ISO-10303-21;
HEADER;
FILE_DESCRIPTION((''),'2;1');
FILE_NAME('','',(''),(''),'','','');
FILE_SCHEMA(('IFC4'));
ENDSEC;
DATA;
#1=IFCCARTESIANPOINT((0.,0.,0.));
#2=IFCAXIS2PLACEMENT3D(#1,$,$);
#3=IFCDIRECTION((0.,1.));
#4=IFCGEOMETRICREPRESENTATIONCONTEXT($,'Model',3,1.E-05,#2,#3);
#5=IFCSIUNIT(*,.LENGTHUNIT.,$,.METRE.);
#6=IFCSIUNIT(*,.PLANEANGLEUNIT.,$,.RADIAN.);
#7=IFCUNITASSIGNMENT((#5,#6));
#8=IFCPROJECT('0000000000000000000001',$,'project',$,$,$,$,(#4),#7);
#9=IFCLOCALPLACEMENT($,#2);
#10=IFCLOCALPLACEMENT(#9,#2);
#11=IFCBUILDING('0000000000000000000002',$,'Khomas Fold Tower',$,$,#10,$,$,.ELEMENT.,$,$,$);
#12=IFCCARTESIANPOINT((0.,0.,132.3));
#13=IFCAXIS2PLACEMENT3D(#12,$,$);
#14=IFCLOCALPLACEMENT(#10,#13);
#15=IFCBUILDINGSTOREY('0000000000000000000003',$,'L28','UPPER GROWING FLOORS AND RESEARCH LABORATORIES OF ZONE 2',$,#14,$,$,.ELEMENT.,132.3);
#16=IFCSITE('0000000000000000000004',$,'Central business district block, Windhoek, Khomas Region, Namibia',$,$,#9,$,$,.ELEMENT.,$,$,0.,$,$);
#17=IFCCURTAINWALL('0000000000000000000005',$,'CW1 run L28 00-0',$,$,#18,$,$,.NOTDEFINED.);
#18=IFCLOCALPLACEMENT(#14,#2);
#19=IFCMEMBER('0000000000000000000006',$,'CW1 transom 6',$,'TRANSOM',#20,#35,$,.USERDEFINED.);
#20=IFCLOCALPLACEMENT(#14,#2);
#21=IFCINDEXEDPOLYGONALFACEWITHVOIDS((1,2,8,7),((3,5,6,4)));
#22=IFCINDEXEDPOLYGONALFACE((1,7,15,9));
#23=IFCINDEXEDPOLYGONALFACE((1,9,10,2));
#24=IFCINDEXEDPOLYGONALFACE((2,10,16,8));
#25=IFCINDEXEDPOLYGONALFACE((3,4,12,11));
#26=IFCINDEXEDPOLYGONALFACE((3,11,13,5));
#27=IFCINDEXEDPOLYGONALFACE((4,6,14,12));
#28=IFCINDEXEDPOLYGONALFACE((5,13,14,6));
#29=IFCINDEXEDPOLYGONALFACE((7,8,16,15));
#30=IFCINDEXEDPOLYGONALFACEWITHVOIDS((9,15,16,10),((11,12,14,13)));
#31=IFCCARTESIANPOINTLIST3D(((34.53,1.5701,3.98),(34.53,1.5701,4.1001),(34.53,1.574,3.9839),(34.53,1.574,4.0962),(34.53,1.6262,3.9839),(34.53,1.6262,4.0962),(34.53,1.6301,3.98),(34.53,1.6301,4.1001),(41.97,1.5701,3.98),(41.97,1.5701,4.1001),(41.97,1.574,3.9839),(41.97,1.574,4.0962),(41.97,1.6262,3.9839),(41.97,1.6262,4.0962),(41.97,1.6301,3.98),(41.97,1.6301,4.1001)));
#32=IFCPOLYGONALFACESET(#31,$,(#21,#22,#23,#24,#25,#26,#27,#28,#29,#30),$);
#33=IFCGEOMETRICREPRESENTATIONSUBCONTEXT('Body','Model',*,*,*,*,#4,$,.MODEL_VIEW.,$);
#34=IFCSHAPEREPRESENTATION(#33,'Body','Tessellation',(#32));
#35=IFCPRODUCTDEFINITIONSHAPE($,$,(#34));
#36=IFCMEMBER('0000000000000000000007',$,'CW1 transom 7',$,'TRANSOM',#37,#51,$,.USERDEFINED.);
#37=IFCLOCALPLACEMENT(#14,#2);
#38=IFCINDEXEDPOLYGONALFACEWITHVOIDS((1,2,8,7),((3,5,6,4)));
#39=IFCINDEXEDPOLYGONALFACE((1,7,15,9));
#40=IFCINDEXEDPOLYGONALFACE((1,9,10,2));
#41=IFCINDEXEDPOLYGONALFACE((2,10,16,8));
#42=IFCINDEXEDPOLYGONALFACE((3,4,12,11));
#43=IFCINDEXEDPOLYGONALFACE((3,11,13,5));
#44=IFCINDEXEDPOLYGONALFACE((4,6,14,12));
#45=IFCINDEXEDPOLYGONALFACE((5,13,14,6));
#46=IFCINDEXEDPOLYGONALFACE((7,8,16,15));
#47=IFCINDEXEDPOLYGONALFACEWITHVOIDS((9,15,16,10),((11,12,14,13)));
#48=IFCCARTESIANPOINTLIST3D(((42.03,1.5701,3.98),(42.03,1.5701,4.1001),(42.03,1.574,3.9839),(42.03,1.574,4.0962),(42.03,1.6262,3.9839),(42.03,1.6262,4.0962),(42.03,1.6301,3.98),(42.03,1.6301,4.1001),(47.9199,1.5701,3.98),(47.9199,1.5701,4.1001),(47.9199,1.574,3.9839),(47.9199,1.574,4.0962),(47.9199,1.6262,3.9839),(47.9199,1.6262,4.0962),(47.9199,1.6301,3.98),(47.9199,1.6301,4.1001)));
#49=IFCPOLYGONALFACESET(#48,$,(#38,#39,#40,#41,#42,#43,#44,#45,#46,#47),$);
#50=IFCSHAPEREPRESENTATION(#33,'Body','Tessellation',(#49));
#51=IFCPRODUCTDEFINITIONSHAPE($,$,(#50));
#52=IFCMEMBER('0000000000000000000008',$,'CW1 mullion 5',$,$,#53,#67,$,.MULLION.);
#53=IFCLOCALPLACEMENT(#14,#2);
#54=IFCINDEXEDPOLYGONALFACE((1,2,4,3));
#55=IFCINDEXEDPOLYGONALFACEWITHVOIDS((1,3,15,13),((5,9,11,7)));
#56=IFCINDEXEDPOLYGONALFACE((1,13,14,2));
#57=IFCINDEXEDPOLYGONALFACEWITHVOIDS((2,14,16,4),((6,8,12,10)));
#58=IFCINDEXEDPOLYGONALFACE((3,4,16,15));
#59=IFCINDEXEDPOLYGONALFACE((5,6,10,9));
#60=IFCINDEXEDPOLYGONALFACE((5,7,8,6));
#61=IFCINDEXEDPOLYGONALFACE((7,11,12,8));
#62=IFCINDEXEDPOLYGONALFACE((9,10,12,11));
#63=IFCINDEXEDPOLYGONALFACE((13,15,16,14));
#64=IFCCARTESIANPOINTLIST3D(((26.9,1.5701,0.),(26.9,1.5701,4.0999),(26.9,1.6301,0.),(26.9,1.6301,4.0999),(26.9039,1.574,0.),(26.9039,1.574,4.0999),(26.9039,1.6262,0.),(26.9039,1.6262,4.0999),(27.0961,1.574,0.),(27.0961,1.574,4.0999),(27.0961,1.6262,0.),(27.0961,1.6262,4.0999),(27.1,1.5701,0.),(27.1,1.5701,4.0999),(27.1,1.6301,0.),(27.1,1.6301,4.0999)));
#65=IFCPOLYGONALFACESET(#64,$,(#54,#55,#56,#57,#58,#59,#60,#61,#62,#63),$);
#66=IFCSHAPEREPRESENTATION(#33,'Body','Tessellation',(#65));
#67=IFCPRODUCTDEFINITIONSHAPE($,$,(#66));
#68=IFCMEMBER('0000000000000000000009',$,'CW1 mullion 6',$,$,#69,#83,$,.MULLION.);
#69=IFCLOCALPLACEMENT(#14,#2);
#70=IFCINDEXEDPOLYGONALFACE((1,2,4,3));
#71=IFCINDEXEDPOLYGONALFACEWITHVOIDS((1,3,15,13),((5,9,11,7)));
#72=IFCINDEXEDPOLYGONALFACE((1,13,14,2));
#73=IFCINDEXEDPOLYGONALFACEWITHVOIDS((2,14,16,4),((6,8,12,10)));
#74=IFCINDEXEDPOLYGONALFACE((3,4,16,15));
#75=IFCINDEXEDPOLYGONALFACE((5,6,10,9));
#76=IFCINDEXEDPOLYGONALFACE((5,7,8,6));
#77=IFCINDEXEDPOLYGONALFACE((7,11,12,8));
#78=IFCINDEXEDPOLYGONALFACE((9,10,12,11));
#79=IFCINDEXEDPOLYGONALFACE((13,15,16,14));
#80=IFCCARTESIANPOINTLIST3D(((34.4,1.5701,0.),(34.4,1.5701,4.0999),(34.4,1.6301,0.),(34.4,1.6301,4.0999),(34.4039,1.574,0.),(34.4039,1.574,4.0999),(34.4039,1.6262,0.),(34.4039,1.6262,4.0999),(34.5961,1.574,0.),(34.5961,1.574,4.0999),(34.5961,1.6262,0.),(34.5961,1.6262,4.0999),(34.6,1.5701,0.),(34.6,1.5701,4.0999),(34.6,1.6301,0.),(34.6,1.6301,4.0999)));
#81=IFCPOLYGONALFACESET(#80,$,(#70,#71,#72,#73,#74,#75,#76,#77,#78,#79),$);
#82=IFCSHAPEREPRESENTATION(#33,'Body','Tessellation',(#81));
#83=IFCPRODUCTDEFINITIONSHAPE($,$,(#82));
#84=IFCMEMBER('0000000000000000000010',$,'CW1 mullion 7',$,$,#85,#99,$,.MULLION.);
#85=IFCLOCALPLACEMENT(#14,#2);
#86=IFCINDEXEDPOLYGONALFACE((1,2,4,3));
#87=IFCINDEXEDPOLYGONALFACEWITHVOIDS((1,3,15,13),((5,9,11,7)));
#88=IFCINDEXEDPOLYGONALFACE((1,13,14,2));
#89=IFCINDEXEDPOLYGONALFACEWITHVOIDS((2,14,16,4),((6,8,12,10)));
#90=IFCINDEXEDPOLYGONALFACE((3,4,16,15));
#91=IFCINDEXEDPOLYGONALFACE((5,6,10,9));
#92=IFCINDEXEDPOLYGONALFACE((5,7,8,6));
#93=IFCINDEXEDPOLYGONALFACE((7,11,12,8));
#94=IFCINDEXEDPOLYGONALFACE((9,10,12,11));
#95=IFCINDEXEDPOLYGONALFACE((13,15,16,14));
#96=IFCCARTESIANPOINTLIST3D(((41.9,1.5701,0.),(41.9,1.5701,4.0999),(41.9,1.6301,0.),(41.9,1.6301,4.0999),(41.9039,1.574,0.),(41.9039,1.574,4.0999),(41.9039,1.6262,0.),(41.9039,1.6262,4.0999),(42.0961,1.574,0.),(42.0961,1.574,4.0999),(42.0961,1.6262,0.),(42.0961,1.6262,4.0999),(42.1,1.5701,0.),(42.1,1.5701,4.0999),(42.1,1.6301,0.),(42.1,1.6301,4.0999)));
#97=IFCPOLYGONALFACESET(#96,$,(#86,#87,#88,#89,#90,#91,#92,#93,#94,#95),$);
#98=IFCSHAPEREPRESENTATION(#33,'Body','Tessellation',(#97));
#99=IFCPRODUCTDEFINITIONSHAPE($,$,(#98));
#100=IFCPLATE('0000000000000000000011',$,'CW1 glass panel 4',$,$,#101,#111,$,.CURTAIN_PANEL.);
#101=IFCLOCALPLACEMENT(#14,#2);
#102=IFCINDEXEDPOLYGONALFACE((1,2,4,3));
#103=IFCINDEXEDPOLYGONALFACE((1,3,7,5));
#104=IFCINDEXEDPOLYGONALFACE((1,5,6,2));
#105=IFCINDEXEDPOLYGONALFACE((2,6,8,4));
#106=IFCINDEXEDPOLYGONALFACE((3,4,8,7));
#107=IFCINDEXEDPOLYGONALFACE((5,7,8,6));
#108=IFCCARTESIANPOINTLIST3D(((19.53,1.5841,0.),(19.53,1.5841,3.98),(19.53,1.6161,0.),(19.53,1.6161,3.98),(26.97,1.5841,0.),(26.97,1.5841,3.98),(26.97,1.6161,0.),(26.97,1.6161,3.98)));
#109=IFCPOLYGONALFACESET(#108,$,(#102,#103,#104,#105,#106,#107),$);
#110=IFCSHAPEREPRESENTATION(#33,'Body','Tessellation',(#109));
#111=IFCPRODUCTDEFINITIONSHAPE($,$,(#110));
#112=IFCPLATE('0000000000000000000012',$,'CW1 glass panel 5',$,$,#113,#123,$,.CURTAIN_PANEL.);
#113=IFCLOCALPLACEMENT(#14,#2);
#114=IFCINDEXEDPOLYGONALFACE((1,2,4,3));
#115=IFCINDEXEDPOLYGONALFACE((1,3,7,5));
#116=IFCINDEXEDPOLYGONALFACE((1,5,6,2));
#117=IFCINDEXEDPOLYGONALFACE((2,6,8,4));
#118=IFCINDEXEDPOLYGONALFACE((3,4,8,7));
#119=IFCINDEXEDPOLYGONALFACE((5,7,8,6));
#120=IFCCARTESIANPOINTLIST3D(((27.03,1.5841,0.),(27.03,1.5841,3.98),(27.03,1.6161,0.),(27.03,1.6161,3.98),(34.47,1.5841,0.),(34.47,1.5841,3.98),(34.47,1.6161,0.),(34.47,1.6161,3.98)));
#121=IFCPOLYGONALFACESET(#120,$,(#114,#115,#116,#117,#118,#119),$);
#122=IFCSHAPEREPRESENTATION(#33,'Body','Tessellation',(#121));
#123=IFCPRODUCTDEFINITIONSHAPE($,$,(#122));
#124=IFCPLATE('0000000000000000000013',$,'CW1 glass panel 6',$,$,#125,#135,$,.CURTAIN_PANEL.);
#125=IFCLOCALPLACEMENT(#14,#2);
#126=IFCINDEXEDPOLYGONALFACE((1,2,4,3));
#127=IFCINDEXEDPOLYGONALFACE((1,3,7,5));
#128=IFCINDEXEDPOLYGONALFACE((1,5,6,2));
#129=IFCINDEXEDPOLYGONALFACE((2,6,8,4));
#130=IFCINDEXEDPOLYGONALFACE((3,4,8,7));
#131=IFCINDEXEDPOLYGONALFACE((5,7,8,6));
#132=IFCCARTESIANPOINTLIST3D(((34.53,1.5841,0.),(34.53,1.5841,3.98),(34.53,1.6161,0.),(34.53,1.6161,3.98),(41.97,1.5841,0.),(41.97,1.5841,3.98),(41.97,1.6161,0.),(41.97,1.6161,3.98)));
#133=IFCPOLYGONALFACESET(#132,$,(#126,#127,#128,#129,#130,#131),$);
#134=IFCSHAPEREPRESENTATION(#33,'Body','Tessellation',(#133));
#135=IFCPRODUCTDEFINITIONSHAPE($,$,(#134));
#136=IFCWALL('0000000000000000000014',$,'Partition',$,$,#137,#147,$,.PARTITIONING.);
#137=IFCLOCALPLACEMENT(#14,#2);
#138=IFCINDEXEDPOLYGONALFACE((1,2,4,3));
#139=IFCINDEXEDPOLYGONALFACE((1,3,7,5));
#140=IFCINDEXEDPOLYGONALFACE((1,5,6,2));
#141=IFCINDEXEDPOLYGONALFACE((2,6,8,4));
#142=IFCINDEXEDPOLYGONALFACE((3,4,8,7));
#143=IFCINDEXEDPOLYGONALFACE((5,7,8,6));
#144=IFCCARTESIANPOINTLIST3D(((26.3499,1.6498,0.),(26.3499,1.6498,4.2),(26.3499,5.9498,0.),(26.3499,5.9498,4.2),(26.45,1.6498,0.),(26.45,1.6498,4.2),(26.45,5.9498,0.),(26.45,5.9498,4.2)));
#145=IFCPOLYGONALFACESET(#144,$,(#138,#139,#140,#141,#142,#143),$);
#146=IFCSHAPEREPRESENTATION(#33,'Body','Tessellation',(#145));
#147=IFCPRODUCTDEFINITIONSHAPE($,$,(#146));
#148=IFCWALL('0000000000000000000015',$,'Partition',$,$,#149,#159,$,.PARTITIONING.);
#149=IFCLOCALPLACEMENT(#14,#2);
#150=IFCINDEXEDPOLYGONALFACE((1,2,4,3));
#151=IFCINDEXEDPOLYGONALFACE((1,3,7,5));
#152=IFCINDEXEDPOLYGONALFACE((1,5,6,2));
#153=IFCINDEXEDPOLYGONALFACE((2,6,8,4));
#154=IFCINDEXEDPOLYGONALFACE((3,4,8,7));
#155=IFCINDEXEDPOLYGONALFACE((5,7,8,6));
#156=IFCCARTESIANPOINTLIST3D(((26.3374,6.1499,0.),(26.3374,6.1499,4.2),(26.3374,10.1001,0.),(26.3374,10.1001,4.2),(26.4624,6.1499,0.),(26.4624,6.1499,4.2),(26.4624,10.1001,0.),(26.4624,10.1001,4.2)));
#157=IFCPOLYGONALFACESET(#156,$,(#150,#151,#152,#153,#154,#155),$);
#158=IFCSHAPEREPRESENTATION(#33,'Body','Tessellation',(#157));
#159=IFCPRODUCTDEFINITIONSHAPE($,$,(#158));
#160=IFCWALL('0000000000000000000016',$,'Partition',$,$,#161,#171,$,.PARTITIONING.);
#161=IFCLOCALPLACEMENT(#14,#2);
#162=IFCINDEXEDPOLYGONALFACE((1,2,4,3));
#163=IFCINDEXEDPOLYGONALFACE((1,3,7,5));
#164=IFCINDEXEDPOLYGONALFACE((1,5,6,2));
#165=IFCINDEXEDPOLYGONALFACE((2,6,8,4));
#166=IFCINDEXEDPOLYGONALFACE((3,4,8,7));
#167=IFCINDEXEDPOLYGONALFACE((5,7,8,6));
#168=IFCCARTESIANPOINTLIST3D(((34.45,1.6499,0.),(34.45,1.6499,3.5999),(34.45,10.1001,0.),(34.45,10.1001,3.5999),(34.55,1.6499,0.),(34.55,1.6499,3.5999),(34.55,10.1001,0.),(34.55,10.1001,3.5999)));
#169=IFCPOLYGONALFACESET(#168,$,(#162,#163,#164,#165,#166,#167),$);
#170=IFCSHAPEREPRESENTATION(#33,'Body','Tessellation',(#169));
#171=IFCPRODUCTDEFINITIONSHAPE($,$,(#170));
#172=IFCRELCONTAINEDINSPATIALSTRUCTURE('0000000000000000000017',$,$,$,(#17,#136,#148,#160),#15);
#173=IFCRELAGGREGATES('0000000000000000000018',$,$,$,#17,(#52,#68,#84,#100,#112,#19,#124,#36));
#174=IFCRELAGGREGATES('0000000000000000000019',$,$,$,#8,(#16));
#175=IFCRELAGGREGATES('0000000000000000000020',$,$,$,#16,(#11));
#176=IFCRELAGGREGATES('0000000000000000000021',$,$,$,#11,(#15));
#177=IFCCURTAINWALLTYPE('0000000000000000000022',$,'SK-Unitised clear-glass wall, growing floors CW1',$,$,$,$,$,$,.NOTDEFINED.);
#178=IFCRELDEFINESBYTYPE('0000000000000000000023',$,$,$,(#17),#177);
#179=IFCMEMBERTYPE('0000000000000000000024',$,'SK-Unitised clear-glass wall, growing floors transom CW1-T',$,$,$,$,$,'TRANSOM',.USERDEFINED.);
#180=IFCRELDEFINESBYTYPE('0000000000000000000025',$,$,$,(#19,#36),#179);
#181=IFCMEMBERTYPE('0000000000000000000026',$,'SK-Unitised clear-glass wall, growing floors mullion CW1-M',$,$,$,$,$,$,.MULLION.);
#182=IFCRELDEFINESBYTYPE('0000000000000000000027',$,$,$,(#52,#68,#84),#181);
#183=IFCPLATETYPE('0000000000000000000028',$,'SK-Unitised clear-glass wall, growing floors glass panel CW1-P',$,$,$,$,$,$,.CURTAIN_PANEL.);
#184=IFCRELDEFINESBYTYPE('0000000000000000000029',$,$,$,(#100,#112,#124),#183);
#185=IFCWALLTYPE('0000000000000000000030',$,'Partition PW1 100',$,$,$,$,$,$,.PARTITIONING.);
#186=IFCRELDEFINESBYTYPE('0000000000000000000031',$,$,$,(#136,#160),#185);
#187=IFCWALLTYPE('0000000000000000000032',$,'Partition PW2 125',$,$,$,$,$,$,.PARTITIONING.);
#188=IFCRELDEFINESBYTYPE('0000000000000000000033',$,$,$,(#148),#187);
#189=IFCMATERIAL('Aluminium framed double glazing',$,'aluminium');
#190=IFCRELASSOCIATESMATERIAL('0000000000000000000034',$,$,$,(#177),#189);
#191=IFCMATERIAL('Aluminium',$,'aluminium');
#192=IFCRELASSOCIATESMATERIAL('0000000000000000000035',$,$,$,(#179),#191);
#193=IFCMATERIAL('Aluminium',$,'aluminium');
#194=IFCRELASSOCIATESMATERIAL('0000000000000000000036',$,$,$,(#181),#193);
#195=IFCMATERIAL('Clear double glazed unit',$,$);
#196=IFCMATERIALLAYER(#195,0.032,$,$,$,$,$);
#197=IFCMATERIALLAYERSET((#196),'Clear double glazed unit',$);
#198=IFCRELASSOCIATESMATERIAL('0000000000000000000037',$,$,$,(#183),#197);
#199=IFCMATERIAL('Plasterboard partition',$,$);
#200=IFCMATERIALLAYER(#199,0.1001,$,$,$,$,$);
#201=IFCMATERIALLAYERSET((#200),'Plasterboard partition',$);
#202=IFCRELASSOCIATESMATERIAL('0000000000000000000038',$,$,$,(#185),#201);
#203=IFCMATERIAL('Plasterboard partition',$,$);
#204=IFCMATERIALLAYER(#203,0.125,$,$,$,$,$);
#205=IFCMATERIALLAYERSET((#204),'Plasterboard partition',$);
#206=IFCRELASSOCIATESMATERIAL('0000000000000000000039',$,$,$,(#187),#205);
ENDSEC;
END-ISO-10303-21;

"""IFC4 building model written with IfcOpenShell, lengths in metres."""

from ifc_helpers import new_model, si_unit, direction, frame, frame_2d, origin, origin_2d, place, context, subcontext, project, spatial, rectangle, hollow_rectangle, extrude, source, transform, mapped, material, layer, layer_set, material_profile, profile_set, type_object, element, aggregate, save


model = new_model("IFC4")

# Units and contexts
model_context = context("Model", 3, precision=1e-05, world=origin(), true_north=direction((0.0, 1.0)))
body_context = subcontext(model_context, "Body", "Model", "MODEL_VIEW")
ifc_project = project(units=[si_unit("LENGTHUNIT", "METRE"), si_unit("PLANEANGLEUNIT", "RADIAN")], contexts=[model_context])

# Site, building, storey
site_placement = place(None, origin())
site = spatial("IfcSite", under=ifc_project, at=site_placement, Name="Central business district block, Windhoek, Khomas Region, Namibia", CompositionType="ELEMENT", RefElevation=0.0)
building_placement = place(site_placement, origin())
building = spatial("IfcBuilding", under=site, at=building_placement, Name="Khomas Fold Tower", CompositionType="ELEMENT")
storey_placement = place(building_placement, frame((0.0, 0.0, 132.3)))
storey = spatial("IfcBuildingStorey", under=building, at=storey_placement, Name="L28", Description="UPPER GROWING FLOORS AND RESEARCH LABORATORIES OF ZONE 2", CompositionType="ELEMENT", Elevation=132.3)

# Curtain wall, members, plates
ifc_material_1 = material(Name="Aluminium framed double glazing", Category="aluminium")
curtain_wall_type = type_object("IfcCurtainWallType", Name="SK-Unitised clear-glass wall, growing floors CW1", PredefinedType="NOTDEFINED", material=ifc_material_1)
curtain_wall_placement = place(storey_placement, origin())
curtain_wall = element("IfcCurtainWall", 1, at=curtain_wall_placement, inside=storey, type_object=curtain_wall_type, Name="CW1 run L28 00-0", PredefinedType="NOTDEFINED")
ifc_material_2 = material(Name="Aluminium", Category="aluminium")
ifc_material_profile_1 = material_profile(ifc_material_2, hollow_rectangle(XDim=0.0601, YDim=0.1201, WallThickness=0.0039, at=origin_2d()), Name="SK-Unitised clear-glass wall, growing floors transom CW1-T")
ifc_profile_set_1 = profile_set([ifc_material_profile_1], Name="Aluminium")
member_type_1 = type_object("IfcMemberType", Name="SK-Unitised clear-glass wall, growing floors transom CW1-T", ElementType="TRANSOM", PredefinedType="USERDEFINED", material=ifc_profile_set_1)
shared_shape_1 = source(origin(), body_context, "Body", "SweptSolid", [
    extrude(hollow_rectangle(XDim=0.0601, YDim=0.1201, WallThickness=0.0039, at=origin_2d()), origin(), (0.0, 0.0, 1.0), 7.4399),
])
member_1_placement = place(storey_placement, frame((34.53, 1.6001, 4.04), z_axis=(1.0, 0.0, 0.0), x_axis=(0.0, 1.0, 0.0)))
member_1 = element("IfcMember", 2, at=member_1_placement, type_object=member_type_1, Name="CW1 transom 6", ObjectType="TRANSOM", PredefinedType="USERDEFINED", context=body_context, shape_type="MappedRepresentation", body=[
    mapped(shared_shape_1, transform((0.0, 0.0, 0.0))),
])
shared_shape_2 = source(origin(), body_context, "Body", "SweptSolid", [
    extrude(hollow_rectangle(XDim=0.0601, YDim=0.1201, WallThickness=0.0039, at=origin_2d()), origin(), (0.0, 0.0, 1.0), 5.8899),
])
member_2_placement = place(storey_placement, frame((42.03, 1.6001, 4.04), z_axis=(1.0, 0.0, 0.0), x_axis=(0.0, 1.0, 0.0)))
member_2 = element("IfcMember", 3, at=member_2_placement, type_object=member_type_1, Name="CW1 transom 7", ObjectType="TRANSOM", PredefinedType="USERDEFINED", context=body_context, shape_type="MappedRepresentation", body=[
    mapped(shared_shape_2, transform((0.0, 0.0, 0.0))),
])
ifc_material_3 = material(Name="Aluminium", Category="aluminium")
ifc_material_profile_2 = material_profile(ifc_material_3, hollow_rectangle(XDim=0.0601, YDim=0.2, WallThickness=0.0039, at=origin_2d()), Name="SK-Unitised clear-glass wall, growing floors mullion CW1-M")
ifc_profile_set_2 = profile_set([ifc_material_profile_2], Name="Aluminium")
member_type_2 = type_object("IfcMemberType", Name="SK-Unitised clear-glass wall, growing floors mullion CW1-M", PredefinedType="MULLION", material=ifc_profile_set_2)
shared_shape_3 = source(origin(), body_context, "Body", "SweptSolid", [
    extrude(hollow_rectangle(XDim=0.0601, YDim=0.2, WallThickness=0.0039, at=origin_2d()), origin(), (0.0, 0.0, 1.0), 4.0999),
])
member_3_placement = place(storey_placement, frame((27.0, 1.6001, 0.0), z_axis=(0.0, 0.0, 1.0), x_axis=(0.0, 1.0, 0.0)))
member_3 = element("IfcMember", 4, at=member_3_placement, type_object=member_type_2, Name="CW1 mullion 5", PredefinedType="MULLION", context=body_context, shape_type="MappedRepresentation", body=[
    mapped(shared_shape_3, transform((0.0, 0.0, 0.0))),
])
member_4_placement = place(storey_placement, frame((34.5, 1.6001, 0.0), z_axis=(0.0, 0.0, 1.0), x_axis=(0.0, 1.0, 0.0)))
member_4 = element("IfcMember", 5, at=member_4_placement, type_object=member_type_2, Name="CW1 mullion 6", PredefinedType="MULLION", context=body_context, shape_type="MappedRepresentation", body=[
    mapped(shared_shape_3, transform((0.0, 0.0, 0.0))),
])
member_5_placement = place(storey_placement, frame((42.0, 1.6001, 0.0), z_axis=(0.0, 0.0, 1.0), x_axis=(0.0, 1.0, 0.0)))
member_5 = element("IfcMember", 6, at=member_5_placement, type_object=member_type_2, Name="CW1 mullion 7", PredefinedType="MULLION", context=body_context, shape_type="MappedRepresentation", body=[
    mapped(shared_shape_3, transform((0.0, 0.0, 0.0))),
])
ifc_material_4 = material(Name="Clear double glazed unit")
ifc_layer_1 = layer(ifc_material_4, 0.032)
ifc_layer_set_1 = layer_set([ifc_layer_1], Name="Clear double glazed unit")
plate_type = type_object("IfcPlateType", Name="SK-Unitised clear-glass wall, growing floors glass panel CW1-P", PredefinedType="CURTAIN_PANEL", material=ifc_layer_set_1)
shared_shape_4 = source(origin(), body_context, "Body", "SweptSolid", [
    extrude(rectangle(XDim=7.4399, YDim=0.032, at=origin_2d()), origin(), (0.0, 0.0, 1.0), 3.98),
])
plate_1_placement = place(storey_placement, frame((23.25, 1.6001, 0.0), z_axis=(0.0, 0.0, 1.0), x_axis=(1.0, 0.0, 0.0)))
plate_1 = element("IfcPlate", 7, at=plate_1_placement, type_object=plate_type, Name="CW1 glass panel 4", PredefinedType="CURTAIN_PANEL", context=body_context, shape_type="MappedRepresentation", body=[
    mapped(shared_shape_4, transform((0.0, 0.0, 0.0))),
])
plate_2_placement = place(storey_placement, frame((30.75, 1.6001, 0.0), z_axis=(0.0, 0.0, 1.0), x_axis=(1.0, 0.0, 0.0)))
plate_2 = element("IfcPlate", 8, at=plate_2_placement, type_object=plate_type, Name="CW1 glass panel 5", PredefinedType="CURTAIN_PANEL", context=body_context, shape_type="MappedRepresentation", body=[
    mapped(shared_shape_4, transform((0.0, 0.0, 0.0))),
])
plate_3_placement = place(storey_placement, frame((38.25, 1.6001, 0.0), z_axis=(0.0, 0.0, 1.0), x_axis=(1.0, 0.0, 0.0)))
plate_3 = element("IfcPlate", 9, at=plate_3_placement, type_object=plate_type, Name="CW1 glass panel 6", PredefinedType="CURTAIN_PANEL", context=body_context, shape_type="MappedRepresentation", body=[
    mapped(shared_shape_4, transform((0.0, 0.0, 0.0))),
])
aggregate(curtain_wall, [member_3, member_4, member_5, plate_1, plate_2, member_1, plate_3, member_2])

# Walls
ifc_material_5 = material(Name="Plasterboard partition")
ifc_layer_2 = layer(ifc_material_5, 0.1001)
ifc_layer_set_2 = layer_set([ifc_layer_2], Name="Plasterboard partition")
wall_type_1 = type_object("IfcWallType", Name="Partition PW1 100", PredefinedType="PARTITIONING", material=ifc_layer_set_2)
shared_shape_5 = source(origin(), body_context, "Body", "SweptSolid", [
    extrude(rectangle(XDim=4.3, YDim=0.1001, at=frame_2d((2.1499, 0.0))), origin(), (0.0, 0.0, 1.0), 4.2),
])
wall_1_placement = place(storey_placement, frame((26.3999, 1.6499, 0.0), z_axis=(0.0, 0.0, 1.0), x_axis=(0.0, 1.0, 0.0)))
element("IfcWall", 10, at=wall_1_placement, inside=storey, type_object=wall_type_1, Name="Partition", PredefinedType="PARTITIONING", context=body_context, shape_type="MappedRepresentation", body=[
    mapped(shared_shape_5, transform((0.0, 0.0, 0.0))),
])
ifc_material_6 = material(Name="Plasterboard partition")
ifc_layer_3 = layer(ifc_material_6, 0.125)
ifc_layer_set_3 = layer_set([ifc_layer_3], Name="Plasterboard partition")
wall_type_2 = type_object("IfcWallType", Name="Partition PW2 125", PredefinedType="PARTITIONING", material=ifc_layer_set_3)
shared_shape_6 = source(origin(), body_context, "Body", "SweptSolid", [
    extrude(rectangle(XDim=3.9502, YDim=0.125, at=frame_2d((1.9751, 0.0))), origin(), (0.0, 0.0, 1.0), 4.2),
])
wall_2_placement = place(storey_placement, frame((26.3999, 6.1499, 0.0), z_axis=(0.0, 0.0, 1.0), x_axis=(0.0, 1.0, 0.0)))
element("IfcWall", 11, at=wall_2_placement, inside=storey, type_object=wall_type_2, Name="Partition", PredefinedType="PARTITIONING", context=body_context, shape_type="MappedRepresentation", body=[
    mapped(shared_shape_6, transform((0.0, 0.0, 0.0))),
])
shared_shape_7 = source(origin(), body_context, "Body", "SweptSolid", [
    extrude(rectangle(XDim=8.4502, YDim=0.1001, at=frame_2d((4.2251, 0.0))), origin(), (0.0, 0.0, 1.0), 3.5999),
])
wall_3_placement = place(storey_placement, frame((34.5, 1.6499, 0.0), z_axis=(0.0, 0.0, 1.0), x_axis=(0.0, 1.0, 0.0)))
element("IfcWall", 12, at=wall_3_placement, inside=storey, type_object=wall_type_1, Name="Partition", PredefinedType="PARTITIONING", context=body_context, shape_type="MappedRepresentation", body=[
    mapped(shared_shape_7, transform((0.0, 0.0, 0.0))),
])

save(model, "model.ifc")
